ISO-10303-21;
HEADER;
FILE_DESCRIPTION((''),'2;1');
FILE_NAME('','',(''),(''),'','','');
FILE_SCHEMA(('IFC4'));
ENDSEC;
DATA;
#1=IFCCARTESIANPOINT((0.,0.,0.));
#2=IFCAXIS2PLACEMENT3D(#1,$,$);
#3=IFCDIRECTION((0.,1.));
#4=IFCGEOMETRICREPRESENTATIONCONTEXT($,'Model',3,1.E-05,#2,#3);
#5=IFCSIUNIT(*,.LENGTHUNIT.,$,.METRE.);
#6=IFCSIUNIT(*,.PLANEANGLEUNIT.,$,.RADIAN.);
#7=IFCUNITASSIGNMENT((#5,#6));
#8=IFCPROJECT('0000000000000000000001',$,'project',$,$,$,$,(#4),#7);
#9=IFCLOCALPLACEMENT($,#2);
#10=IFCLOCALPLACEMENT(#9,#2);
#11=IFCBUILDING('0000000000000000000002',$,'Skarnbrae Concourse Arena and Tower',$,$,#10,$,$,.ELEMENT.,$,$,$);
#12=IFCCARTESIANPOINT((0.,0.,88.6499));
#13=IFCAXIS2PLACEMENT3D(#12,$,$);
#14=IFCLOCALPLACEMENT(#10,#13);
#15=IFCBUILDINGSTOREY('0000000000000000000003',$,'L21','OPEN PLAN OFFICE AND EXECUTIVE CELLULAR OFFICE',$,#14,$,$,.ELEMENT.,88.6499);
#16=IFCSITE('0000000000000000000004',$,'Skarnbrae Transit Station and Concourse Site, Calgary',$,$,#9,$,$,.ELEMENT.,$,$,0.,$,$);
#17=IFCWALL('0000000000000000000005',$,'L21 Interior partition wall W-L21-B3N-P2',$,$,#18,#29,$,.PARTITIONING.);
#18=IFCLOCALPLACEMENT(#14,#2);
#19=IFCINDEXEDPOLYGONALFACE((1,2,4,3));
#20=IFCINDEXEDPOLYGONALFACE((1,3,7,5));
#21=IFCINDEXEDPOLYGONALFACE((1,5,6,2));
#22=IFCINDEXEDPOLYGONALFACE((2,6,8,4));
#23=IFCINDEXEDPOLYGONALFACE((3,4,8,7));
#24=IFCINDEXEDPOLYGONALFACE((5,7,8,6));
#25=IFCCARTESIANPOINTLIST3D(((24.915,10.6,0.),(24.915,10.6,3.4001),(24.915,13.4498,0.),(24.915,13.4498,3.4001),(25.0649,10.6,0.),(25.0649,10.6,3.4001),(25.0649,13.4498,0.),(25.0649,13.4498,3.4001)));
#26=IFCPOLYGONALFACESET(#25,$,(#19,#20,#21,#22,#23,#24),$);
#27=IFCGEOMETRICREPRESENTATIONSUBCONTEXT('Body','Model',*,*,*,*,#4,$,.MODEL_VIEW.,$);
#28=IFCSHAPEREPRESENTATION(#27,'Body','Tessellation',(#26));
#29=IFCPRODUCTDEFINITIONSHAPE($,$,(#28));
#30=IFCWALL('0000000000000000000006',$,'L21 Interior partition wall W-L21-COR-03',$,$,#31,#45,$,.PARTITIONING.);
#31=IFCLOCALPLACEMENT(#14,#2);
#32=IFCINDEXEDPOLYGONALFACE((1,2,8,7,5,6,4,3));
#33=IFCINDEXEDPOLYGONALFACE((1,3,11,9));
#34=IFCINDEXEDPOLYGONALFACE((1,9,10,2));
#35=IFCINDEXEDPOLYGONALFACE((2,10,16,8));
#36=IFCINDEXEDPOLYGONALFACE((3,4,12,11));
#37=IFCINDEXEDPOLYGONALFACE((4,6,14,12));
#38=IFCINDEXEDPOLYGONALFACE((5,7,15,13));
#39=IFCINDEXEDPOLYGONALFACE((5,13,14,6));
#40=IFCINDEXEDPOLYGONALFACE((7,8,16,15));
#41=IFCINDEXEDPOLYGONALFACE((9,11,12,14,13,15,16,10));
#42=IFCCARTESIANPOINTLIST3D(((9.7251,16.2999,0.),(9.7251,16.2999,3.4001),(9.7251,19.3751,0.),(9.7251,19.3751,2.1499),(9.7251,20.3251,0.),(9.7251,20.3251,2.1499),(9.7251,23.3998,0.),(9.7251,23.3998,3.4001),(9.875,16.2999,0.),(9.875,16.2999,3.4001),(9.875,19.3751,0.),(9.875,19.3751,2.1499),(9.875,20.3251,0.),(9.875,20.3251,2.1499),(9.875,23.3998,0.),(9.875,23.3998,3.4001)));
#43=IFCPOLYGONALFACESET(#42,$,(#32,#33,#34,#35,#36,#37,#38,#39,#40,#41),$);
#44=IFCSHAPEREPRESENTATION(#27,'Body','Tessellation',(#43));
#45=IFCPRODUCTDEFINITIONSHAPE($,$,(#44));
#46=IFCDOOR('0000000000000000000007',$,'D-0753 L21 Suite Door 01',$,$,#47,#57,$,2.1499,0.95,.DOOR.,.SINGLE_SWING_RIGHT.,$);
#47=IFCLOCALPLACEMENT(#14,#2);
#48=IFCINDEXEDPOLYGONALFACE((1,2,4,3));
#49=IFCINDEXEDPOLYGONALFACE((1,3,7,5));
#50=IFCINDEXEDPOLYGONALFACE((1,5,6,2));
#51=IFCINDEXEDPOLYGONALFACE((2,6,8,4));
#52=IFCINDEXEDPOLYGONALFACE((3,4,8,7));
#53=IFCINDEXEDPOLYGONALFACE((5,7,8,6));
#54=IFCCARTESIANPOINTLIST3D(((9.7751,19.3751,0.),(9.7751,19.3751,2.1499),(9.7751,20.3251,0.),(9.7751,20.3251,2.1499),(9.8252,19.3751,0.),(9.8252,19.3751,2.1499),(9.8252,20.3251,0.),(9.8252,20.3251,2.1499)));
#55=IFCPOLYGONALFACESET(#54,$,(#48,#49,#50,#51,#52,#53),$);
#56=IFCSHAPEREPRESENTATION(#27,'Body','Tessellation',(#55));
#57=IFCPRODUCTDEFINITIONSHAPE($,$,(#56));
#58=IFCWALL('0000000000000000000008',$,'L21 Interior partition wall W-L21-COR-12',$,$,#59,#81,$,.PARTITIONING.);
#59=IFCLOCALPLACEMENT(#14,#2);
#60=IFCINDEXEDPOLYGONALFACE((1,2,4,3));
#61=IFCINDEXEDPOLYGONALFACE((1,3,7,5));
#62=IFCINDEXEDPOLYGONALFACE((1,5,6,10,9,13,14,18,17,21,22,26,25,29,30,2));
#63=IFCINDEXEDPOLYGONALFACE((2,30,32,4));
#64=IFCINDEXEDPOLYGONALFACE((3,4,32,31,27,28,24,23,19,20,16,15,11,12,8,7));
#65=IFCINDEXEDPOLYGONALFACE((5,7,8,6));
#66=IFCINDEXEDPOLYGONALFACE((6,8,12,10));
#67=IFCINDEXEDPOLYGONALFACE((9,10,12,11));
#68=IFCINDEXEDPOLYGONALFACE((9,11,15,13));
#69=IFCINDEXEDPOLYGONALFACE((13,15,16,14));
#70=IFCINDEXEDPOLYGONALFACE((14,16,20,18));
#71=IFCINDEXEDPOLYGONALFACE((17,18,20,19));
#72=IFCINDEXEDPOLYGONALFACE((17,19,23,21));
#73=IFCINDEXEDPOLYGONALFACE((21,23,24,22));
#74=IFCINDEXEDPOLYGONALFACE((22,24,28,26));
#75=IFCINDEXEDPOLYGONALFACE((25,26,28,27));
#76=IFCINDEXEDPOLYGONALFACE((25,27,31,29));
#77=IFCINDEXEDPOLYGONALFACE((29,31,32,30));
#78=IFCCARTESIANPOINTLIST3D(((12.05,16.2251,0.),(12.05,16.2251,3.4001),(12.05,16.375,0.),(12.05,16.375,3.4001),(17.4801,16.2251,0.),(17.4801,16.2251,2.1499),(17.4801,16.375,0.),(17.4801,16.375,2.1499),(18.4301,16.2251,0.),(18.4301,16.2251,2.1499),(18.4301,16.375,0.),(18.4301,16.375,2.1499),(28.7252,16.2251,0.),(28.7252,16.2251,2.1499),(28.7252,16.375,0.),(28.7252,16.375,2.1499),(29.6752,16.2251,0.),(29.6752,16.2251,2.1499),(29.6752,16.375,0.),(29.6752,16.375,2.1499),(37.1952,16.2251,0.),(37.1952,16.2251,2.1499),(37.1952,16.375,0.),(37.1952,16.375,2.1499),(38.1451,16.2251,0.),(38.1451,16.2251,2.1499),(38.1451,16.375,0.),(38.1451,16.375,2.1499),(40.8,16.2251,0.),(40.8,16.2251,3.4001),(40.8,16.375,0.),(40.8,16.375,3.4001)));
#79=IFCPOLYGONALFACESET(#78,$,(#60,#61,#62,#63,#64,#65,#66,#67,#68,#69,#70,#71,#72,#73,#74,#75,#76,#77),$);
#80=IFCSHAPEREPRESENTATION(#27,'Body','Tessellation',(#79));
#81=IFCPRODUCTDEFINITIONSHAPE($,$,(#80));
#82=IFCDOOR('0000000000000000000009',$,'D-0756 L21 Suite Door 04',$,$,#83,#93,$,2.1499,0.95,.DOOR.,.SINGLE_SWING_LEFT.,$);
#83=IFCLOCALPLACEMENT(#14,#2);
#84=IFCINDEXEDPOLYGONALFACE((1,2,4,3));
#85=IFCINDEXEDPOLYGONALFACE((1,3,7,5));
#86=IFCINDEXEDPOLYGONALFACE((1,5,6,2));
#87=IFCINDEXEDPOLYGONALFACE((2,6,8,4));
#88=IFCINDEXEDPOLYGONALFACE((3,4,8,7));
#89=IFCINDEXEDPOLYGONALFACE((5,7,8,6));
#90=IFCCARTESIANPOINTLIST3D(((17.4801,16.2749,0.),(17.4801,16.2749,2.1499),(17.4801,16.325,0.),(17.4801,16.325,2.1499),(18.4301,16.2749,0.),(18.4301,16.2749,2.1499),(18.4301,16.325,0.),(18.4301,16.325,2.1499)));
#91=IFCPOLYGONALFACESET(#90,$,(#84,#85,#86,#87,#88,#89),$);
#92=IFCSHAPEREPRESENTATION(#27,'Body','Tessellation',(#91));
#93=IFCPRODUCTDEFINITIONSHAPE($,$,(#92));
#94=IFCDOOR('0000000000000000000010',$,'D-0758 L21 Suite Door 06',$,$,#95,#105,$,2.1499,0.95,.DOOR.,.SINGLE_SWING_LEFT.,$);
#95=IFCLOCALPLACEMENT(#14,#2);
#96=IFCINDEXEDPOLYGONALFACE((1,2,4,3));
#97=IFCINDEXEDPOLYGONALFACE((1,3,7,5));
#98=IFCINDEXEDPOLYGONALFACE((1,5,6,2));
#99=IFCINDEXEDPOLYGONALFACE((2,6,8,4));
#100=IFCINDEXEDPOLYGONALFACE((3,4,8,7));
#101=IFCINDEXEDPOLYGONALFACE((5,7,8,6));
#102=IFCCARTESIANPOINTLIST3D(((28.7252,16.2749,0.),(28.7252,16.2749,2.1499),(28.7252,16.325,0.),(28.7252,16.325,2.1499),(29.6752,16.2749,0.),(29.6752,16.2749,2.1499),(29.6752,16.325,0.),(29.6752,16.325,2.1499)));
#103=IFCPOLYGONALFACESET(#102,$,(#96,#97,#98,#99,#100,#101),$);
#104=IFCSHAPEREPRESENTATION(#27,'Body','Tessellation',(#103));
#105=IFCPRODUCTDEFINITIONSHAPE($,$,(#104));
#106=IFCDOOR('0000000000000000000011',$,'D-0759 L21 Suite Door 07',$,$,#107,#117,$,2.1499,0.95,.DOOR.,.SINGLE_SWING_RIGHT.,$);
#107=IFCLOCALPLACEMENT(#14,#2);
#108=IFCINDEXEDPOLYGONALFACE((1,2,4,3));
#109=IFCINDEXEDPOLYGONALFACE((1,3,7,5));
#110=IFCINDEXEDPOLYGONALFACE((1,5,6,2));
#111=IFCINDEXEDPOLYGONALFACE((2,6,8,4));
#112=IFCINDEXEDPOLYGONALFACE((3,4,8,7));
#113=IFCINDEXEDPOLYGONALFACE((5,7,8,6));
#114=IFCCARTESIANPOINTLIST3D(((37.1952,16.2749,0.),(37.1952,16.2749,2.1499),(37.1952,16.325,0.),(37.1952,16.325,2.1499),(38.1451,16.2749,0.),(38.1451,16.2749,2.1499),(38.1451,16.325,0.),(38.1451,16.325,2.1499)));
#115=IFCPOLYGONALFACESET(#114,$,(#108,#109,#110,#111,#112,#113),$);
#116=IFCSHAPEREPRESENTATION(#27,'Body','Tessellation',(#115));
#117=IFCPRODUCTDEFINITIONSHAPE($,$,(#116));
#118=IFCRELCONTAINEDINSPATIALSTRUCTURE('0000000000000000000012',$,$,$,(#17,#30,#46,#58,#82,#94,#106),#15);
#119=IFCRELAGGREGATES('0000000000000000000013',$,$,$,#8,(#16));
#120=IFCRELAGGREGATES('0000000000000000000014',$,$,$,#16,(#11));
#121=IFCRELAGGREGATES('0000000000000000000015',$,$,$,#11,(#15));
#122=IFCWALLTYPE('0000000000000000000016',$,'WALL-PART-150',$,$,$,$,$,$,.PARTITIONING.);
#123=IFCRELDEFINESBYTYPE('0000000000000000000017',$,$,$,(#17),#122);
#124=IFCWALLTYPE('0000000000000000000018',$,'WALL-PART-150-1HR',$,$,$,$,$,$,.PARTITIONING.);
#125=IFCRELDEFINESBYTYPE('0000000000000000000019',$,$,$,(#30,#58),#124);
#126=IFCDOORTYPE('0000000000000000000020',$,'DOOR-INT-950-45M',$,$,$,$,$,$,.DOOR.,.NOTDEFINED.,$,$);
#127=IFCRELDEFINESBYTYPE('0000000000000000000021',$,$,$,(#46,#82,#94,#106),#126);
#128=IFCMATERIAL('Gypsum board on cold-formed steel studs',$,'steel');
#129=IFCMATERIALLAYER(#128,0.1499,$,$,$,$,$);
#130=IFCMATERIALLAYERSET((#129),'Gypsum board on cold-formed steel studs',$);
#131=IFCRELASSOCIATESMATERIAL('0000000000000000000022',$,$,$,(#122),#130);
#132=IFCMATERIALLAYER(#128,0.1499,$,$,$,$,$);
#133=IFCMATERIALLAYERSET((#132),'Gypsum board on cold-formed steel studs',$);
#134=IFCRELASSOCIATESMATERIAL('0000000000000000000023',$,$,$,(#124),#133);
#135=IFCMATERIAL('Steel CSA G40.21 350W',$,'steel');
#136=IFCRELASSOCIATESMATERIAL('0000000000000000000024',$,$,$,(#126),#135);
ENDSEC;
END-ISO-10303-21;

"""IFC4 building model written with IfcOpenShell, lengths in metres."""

from ifc_helpers import new_model, si_unit, direction, frame, frame_2d, origin, place, context, subcontext, project, spatial, rectangle, extrude, source, transform, mapped, material, layer, layer_set, type_object, element, fill, save


model = new_model("IFC4")

# Units and contexts
model_context = context("Model", 3, precision=1e-05, world=origin(), true_north=direction((0.0, 1.0)))
body_context = subcontext(model_context, "Body", "Model", "MODEL_VIEW")
ifc_project = project(units=[si_unit("LENGTHUNIT", "METRE"), si_unit("PLANEANGLEUNIT", "RADIAN")], contexts=[model_context])

# Site, building, storey
site_placement = place(None, origin())
site = spatial("IfcSite", under=ifc_project, at=site_placement, Name="Skarnbrae Transit Station and Concourse Site, Calgary", CompositionType="ELEMENT", RefElevation=0.0)
building_placement = place(site_placement, origin())
building = spatial("IfcBuilding", under=site, at=building_placement, Name="Skarnbrae Concourse Arena and Tower", CompositionType="ELEMENT")
storey_placement = place(building_placement, frame((0.0, 0.0, 88.6499)))
storey = spatial("IfcBuildingStorey", under=building, at=storey_placement, Name="L21", Description="OPEN PLAN OFFICE AND EXECUTIVE CELLULAR OFFICE", CompositionType="ELEMENT", Elevation=88.6499)

# Shared definitions
ifc_material_1 = material(Name="Steel CSA G40.21 350W", Category="steel")

# Wall
ifc_material_2 = material(Name="Gypsum board on cold-formed steel studs", Category="steel")
ifc_layer_1 = layer(ifc_material_2, 0.1499)
ifc_layer_set_1 = layer_set([ifc_layer_1], Name="Gypsum board on cold-formed steel studs")
wall_type_1 = type_object("IfcWallType", Name="WALL-PART-150", PredefinedType="PARTITIONING", material=ifc_layer_set_1)
shared_shape_1 = source(origin(), body_context, "Body", "SweptSolid", [
    extrude(rectangle(XDim=2.8499, YDim=0.1499, at=frame_2d((1.4248, 0.0))), origin(), (0.0, 0.0, 1.0), 3.4001),
])
for number, where, z_axis, x_axis, name in (
    (1, (24.99, 10.6001, 0.0), (0.0, 0.0, 1.0), (0.0, 1.0, 0.0), "L21 Interior partition wall W-L21-B3N-P2"),
):
    element("IfcWall", number, at=place(storey_placement, frame(where, z_axis=z_axis, x_axis=x_axis)), inside=storey, type_object=wall_type_1, Name=name, PredefinedType="PARTITIONING", context=body_context, shape_type="MappedRepresentation", body=[
        mapped(shared_shape_1, transform((0.0, 0.0, 0.0))),
    ])

# Wall, opening, door
ifc_layer_2 = layer(ifc_material_2, 0.1499)
ifc_layer_set_2 = layer_set([ifc_layer_2], Name="Gypsum board on cold-formed steel studs")
wall_type_2 = type_object("IfcWallType", Name="WALL-PART-150-1HR", PredefinedType="PARTITIONING", material=ifc_layer_set_2)
shared_shape_2 = source(origin(), body_context, "Body", "SweptSolid", [
    extrude(rectangle(XDim=7.0999, YDim=0.1499, at=frame_2d((3.5498, 0.0))), origin(), (0.0, 0.0, 1.0), 3.4001),
])
wall_1_placement = place(storey_placement, frame((9.8, 16.3, 0.0), z_axis=(0.0, 0.0, 1.0), x_axis=(0.0, 1.0, 0.0)))
wall_1 = element("IfcWall", 2, at=wall_1_placement, inside=storey, type_object=wall_type_2, Name="L21 Interior partition wall W-L21-COR-03", PredefinedType="PARTITIONING", context=body_context, shape_type="MappedRepresentation", body=[
    mapped(shared_shape_2, transform((0.0, 0.0, 0.0))),
])
opening_1_placement = place(wall_1_placement, frame((3.075, 0.0, 0.0)))
opening_1 = element("IfcOpeningElement", 3, at=opening_1_placement, cuts=wall_1, PredefinedType="OPENING", context=body_context, shape_type="SweptSolid", body=[
    extrude(rectangle(XDim=0.95, YDim=2.1499, at=frame_2d((0.4751, 1.075))), frame((0.0, 0.085, 0.0), z_axis=(0.0, -1.0, 0.0), x_axis=(1.0, 0.0, 0.0)), (0.0, 0.0, 1.0), 0.1699),
])
door_type_1 = type_object("IfcDoorType", Name="DOOR-INT-950-45M", OperationType="NOTDEFINED", PredefinedType="DOOR", material=ifc_material_1)
shared_shape_3 = source(origin(), body_context, "Body", "SweptSolid", [
    extrude(rectangle(XDim=0.95, YDim=2.1499, at=frame_2d((0.4751, 1.075))), frame((0.0, 0.0249, 0.0), z_axis=(0.0, -1.0, 0.0), x_axis=(1.0, 0.0, 0.0)), (0.0, 0.0, 1.0), 0.05),
])
door_1_placement = place(opening_1_placement, origin())
door_1 = element("IfcDoor", 4, at=door_1_placement, inside=storey, type_object=door_type_1, Name="D-0753 L21 Suite Door 01", OperationType="SINGLE_SWING_RIGHT", OverallHeight=2.1499, OverallWidth=0.95, PredefinedType="DOOR", context=body_context, shape_type="MappedRepresentation", body=[
    mapped(shared_shape_3, transform((0.0, 0.0, 0.0))),
])
fill(opening_1, door_1)

# Wall, openings, doors
shared_shape_4 = source(origin(), body_context, "Body", "SweptSolid", [
    extrude(rectangle(XDim=28.75, YDim=0.1499, at=frame_2d((14.375, 0.0))), origin(), (0.0, 0.0, 1.0), 3.4001),
])
wall_2_placement = place(storey_placement, frame((12.05, 16.3, 0.0), z_axis=(0.0, 0.0, 1.0), x_axis=(1.0, 0.0, 0.0)))
wall_2 = element("IfcWall", 5, at=wall_2_placement, inside=storey, type_object=wall_type_2, Name="L21 Interior partition wall W-L21-COR-12", PredefinedType="PARTITIONING", context=body_context, shape_type="MappedRepresentation", body=[
    mapped(shared_shape_4, transform((0.0, 0.0, 0.0))),
])
opening_2_placement = place(wall_2_placement, frame((5.4299, 0.0, 0.0)))
opening_2 = element("IfcOpeningElement", 6, at=opening_2_placement, cuts=wall_2, PredefinedType="OPENING", context=body_context, shape_type="SweptSolid", body=[
    extrude(rectangle(XDim=0.95, YDim=2.1499, at=frame_2d((0.4751, 1.075))), frame((0.0, 0.085, 0.0), z_axis=(0.0, -1.0, 0.0), x_axis=(1.0, 0.0, 0.0)), (0.0, 0.0, 1.0), 0.1699),
])
opening_3_placement = place(wall_2_placement, frame((16.675, 0.0, 0.0)))
opening_3 = element("IfcOpeningElement", 7, at=opening_3_placement, cuts=wall_2, PredefinedType="OPENING", context=body_context, shape_type="SweptSolid", body=[
    extrude(rectangle(XDim=0.95, YDim=2.1499, at=frame_2d((0.4751, 1.075))), frame((0.0, 0.085, 0.0), z_axis=(0.0, -1.0, 0.0), x_axis=(1.0, 0.0, 0.0)), (0.0, 0.0, 1.0), 0.1699),
])
opening_4_placement = place(wall_2_placement, frame((25.145, 0.0, 0.0)))
opening_4 = element("IfcOpeningElement", 8, at=opening_4_placement, cuts=wall_2, PredefinedType="OPENING", context=body_context, shape_type="SweptSolid", body=[
    extrude(rectangle(XDim=0.95, YDim=2.1499, at=frame_2d((0.4751, 1.075))), frame((0.0, 0.085, 0.0), z_axis=(0.0, -1.0, 0.0), x_axis=(1.0, 0.0, 0.0)), (0.0, 0.0, 1.0), 0.1699),
])
door_2_placement = place(opening_2_placement, origin())
door_2 = element("IfcDoor", 9, at=door_2_placement, inside=storey, type_object=door_type_1, Name="D-0756 L21 Suite Door 04", OperationType="SINGLE_SWING_LEFT", OverallHeight=2.1499, OverallWidth=0.95, PredefinedType="DOOR", context=body_context, shape_type="MappedRepresentation", body=[
    mapped(shared_shape_3, transform((0.0, 0.0, 0.0))),
])
fill(opening_2, door_2)
door_3_placement = place(opening_3_placement, origin())
door_3 = element("IfcDoor", 10, at=door_3_placement, inside=storey, type_object=door_type_1, Name="D-0758 L21 Suite Door 06", OperationType="SINGLE_SWING_LEFT", OverallHeight=2.1499, OverallWidth=0.95, PredefinedType="DOOR", context=body_context, shape_type="MappedRepresentation", body=[
    mapped(shared_shape_3, transform((0.0, 0.0, 0.0))),
])
fill(opening_3, door_3)
door_4_placement = place(opening_4_placement, origin())
door_4 = element("IfcDoor", 11, at=door_4_placement, inside=storey, type_object=door_type_1, Name="D-0759 L21 Suite Door 07", OperationType="SINGLE_SWING_RIGHT", OverallHeight=2.1499, OverallWidth=0.95, PredefinedType="DOOR", context=body_context, shape_type="MappedRepresentation", body=[
    mapped(shared_shape_3, transform((0.0, 0.0, 0.0))),
])
fill(opening_4, door_4)

save(model, "model.ifc")
